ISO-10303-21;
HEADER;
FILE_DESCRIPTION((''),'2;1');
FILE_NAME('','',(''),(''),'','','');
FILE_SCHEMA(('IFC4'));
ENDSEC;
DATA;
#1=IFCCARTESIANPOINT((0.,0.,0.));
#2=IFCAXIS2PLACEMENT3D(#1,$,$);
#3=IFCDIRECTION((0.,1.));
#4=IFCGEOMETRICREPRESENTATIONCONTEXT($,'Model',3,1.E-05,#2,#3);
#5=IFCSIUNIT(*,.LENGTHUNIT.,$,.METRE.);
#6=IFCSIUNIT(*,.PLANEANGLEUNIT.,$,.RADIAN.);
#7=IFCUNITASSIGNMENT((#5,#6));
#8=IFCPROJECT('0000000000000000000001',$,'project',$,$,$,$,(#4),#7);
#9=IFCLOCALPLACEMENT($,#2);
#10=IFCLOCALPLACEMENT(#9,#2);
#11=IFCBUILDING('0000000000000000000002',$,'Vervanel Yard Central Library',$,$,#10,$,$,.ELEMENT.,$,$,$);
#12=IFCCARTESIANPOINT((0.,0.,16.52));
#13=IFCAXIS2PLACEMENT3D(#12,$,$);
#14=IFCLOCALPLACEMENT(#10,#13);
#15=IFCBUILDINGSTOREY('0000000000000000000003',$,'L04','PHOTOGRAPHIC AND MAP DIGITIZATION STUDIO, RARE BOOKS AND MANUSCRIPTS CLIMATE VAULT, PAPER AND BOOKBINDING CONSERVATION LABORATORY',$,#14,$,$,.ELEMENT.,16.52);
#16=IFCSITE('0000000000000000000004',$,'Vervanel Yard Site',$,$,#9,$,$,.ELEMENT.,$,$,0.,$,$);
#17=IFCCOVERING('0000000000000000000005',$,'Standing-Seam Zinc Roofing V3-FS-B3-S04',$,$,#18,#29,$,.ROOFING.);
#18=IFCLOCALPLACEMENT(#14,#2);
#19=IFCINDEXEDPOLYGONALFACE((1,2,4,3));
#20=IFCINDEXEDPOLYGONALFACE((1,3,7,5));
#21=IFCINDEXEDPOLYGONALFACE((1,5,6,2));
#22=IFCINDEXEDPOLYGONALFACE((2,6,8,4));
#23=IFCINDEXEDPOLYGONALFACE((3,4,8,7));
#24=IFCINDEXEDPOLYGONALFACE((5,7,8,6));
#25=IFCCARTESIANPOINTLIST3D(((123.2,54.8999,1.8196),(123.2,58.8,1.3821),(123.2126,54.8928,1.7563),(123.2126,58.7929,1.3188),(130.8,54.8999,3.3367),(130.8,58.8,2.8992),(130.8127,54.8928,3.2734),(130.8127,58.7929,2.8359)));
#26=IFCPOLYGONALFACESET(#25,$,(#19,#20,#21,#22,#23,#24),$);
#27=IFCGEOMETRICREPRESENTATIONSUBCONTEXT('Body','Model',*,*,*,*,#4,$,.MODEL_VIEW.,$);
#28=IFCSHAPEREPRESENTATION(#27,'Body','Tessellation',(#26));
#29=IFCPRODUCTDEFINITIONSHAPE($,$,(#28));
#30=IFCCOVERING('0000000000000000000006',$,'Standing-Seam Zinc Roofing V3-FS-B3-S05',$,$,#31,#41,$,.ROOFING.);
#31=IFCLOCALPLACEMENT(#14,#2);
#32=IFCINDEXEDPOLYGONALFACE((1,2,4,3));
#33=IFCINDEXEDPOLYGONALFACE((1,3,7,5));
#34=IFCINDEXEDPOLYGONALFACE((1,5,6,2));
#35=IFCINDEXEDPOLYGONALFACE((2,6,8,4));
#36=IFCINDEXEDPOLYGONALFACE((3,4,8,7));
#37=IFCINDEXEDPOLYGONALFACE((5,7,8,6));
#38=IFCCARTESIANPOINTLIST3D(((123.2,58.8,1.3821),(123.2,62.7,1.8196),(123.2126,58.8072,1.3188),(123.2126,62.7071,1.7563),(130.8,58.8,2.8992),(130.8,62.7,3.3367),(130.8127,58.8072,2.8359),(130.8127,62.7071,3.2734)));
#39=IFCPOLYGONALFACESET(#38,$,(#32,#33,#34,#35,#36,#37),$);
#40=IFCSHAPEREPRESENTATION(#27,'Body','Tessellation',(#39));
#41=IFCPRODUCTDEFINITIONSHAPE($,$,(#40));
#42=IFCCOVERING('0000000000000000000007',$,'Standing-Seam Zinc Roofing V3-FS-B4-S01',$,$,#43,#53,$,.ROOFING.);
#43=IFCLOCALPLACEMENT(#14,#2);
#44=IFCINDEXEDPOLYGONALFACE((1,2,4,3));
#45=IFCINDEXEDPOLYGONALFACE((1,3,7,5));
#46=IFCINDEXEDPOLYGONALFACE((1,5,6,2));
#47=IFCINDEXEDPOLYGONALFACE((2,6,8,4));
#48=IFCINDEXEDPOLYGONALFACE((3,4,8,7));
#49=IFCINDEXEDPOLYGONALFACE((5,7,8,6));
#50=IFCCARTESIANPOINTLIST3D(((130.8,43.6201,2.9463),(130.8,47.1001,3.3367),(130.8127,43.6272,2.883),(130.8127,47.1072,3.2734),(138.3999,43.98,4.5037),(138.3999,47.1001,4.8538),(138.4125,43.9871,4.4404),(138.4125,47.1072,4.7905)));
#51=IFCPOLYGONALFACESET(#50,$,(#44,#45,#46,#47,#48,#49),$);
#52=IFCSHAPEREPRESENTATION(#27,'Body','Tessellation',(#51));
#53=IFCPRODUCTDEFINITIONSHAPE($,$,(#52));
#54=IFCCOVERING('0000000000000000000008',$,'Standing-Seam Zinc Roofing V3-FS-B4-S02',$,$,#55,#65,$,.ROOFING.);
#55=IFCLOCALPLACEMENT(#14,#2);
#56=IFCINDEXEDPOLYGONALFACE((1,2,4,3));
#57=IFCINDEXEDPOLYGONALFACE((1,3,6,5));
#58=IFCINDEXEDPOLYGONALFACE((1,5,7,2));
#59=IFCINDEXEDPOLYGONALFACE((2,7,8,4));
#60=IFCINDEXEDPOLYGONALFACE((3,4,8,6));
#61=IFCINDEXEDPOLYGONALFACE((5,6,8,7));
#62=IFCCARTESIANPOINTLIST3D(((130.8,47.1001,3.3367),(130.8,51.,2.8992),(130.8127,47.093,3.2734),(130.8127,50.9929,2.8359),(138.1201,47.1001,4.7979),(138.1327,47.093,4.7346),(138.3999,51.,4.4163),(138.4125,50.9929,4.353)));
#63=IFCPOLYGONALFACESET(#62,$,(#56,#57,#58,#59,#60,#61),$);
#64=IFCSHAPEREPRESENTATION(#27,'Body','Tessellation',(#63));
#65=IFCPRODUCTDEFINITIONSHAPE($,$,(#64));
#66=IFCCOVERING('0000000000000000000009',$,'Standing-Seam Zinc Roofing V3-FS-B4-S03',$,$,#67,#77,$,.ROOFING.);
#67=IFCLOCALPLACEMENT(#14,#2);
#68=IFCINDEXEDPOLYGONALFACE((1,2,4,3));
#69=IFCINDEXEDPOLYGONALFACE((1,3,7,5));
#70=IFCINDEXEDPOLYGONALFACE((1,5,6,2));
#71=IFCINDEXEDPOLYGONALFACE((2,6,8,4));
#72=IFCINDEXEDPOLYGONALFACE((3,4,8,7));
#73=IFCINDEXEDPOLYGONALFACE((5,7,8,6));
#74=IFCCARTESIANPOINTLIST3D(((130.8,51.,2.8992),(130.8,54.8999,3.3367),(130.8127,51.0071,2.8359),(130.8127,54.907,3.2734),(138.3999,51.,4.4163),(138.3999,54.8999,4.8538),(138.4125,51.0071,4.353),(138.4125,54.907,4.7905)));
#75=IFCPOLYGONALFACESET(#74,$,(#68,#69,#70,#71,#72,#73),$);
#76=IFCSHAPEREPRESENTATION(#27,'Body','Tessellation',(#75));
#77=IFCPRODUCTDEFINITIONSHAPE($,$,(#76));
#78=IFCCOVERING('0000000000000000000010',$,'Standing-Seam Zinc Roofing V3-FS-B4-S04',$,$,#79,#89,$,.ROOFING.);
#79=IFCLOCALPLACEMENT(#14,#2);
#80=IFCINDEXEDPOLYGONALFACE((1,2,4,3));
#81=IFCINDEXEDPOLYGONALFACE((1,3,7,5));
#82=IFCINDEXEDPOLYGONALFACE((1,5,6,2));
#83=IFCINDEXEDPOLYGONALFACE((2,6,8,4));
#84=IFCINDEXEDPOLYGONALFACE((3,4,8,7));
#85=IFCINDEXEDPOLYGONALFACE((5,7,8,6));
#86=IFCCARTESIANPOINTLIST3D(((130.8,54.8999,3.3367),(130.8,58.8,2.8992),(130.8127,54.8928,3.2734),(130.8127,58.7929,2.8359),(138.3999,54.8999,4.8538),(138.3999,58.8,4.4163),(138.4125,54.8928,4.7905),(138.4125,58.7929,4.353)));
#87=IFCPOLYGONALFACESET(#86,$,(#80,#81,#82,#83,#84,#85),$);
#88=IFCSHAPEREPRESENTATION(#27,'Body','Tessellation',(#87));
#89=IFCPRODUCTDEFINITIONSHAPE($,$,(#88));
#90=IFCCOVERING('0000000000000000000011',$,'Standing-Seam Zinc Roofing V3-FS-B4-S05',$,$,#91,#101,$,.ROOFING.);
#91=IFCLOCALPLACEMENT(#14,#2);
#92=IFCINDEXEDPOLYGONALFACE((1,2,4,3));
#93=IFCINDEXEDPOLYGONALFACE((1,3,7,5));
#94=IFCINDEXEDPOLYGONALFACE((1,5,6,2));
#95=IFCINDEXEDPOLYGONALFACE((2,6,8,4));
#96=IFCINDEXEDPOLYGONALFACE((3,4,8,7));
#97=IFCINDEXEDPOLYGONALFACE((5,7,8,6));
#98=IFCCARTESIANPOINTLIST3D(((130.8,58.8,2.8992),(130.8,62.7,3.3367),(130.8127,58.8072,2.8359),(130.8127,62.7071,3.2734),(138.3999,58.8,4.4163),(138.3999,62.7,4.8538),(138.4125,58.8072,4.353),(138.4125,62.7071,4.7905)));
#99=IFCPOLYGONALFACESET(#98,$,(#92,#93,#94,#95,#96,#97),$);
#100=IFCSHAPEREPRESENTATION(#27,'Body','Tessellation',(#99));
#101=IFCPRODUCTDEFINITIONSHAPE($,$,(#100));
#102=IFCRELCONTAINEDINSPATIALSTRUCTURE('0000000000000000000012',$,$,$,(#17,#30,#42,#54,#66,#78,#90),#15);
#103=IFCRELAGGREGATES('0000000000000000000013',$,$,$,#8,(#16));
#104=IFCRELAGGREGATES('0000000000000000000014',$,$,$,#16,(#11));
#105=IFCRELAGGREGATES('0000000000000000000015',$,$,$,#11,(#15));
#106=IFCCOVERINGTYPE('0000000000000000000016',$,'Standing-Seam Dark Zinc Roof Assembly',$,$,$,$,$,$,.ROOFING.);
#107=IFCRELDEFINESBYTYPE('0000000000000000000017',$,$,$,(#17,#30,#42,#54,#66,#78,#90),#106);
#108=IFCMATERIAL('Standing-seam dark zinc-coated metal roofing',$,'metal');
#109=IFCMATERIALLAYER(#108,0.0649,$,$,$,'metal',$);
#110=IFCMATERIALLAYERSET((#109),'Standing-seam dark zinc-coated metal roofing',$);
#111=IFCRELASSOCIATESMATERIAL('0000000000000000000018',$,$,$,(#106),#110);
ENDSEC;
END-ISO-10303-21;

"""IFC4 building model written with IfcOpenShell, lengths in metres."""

from ifc_helpers import new_model, si_unit, direction, frame, origin, place, context, subcontext, project, spatial, polyline, outline, extrude, material, layer, layer_set, type_object, element, save


model = new_model("IFC4")

# Units and contexts
model_context = context("Model", 3, precision=1e-05, world=origin(), true_north=direction((0.0, 1.0)))
body_context = subcontext(model_context, "Body", "Model", "MODEL_VIEW")
ifc_project = project(units=[si_unit("LENGTHUNIT", "METRE"), si_unit("PLANEANGLEUNIT", "RADIAN")], contexts=[model_context])

# Site, building, storey
site_placement = place(None, origin())
site = spatial("IfcSite", under=ifc_project, at=site_placement, Name="Vervanel Yard Site", CompositionType="ELEMENT", RefElevation=0.0)
building_placement = place(site_placement, origin())
building = spatial("IfcBuilding", under=site, at=building_placement, Name="Vervanel Yard Central Library", CompositionType="ELEMENT")
storey_placement = place(building_placement, frame((0.0, 0.0, 16.52)))
storey = spatial("IfcBuildingStorey", under=building, at=storey_placement, Name="L04", Description="PHOTOGRAPHIC AND MAP DIGITIZATION STUDIO, RARE BOOKS AND MANUSCRIPTS CLIMATE VAULT, PAPER AND BOOKBINDING CONSERVATION LABORATORY", CompositionType="ELEMENT", Elevation=16.52)

# Coverings
ifc_material_1 = material(Name="Standing-seam dark zinc-coated metal roofing", Category="metal")
ifc_layer_1 = layer(ifc_material_1, 0.0649, Category="metal")
ifc_layer_set_1 = layer_set([ifc_layer_1], Name="Standing-seam dark zinc-coated metal roofing")
covering_type = type_object("IfcCoveringType", Name="Standing-Seam Dark Zinc Roof Assembly", PredefinedType="ROOFING", material=ifc_layer_set_1)
covering_1_placement = place(storey_placement, frame((123.2, 54.8999, 1.8196), z_axis=(-0.194579, 0.109345, 0.974773), x_axis=(0.980653, 0.0, 0.195753)))
element("IfcCovering", 1, at=covering_1_placement, inside=storey, type_object=covering_type, Name="Standing-Seam Zinc Roofing V3-FS-B3-S04", PredefinedType="ROOFING", context=body_context, shape_type="SweptSolid", body=[
    extrude(outline(polyline([(0.0, 0.0), (7.75, 0.0), (7.6644, 3.9237), (-0.0856, 3.9237), (0.0, 0.0)])), origin(), (0.0, 0.0, -1.0), 0.0649),
])
covering_2_placement = place(storey_placement, frame((123.2, 58.8, 1.3821), z_axis=(-0.194579, -0.109352, 0.974772), x_axis=(0.980653, 0.0, 0.195753)))
element("IfcCovering", 2, at=covering_2_placement, inside=storey, type_object=covering_type, Name="Standing-Seam Zinc Roofing V3-FS-B3-S05", PredefinedType="ROOFING", context=body_context, shape_type="SweptSolid", body=[
    extrude(outline(polyline([(0.0, 0.0), (7.75, 0.0), (7.8357, 3.9234), (0.0856, 3.9234), (0.0, 0.0)])), origin(), (0.0, 0.0, -1.0), 0.0649),
])
covering_3_placement = place(storey_placement, frame((130.8, 43.6201, 2.9463), z_axis=(-0.194579, -0.109362, 0.974771), x_axis=(0.978589, 0.046337, 0.20054)))
element("IfcCovering", 3, at=covering_3_placement, inside=storey, type_object=covering_type, Name="Standing-Seam Zinc Roofing V3-FS-B4-S01", PredefinedType="ROOFING", context=body_context, shape_type="SweptSolid", body=[
    extrude(outline(polyline([(0.0, 0.0), (7.7661, 0.0), (7.9809, 3.1323), (0.2395, 3.4936), (0.0, 0.0)])), origin(), (0.0, 0.0, -1.0), 0.0649),
])
covering_4_placement = place(storey_placement, frame((130.8, 47.1001, 3.3367), z_axis=(-0.194581, 0.109345, 0.974773), x_axis=(0.980653, 0.0, 0.195755)))
element("IfcCovering", 4, at=covering_4_placement, inside=storey, type_object=covering_type, Name="Standing-Seam Zinc Roofing V3-FS-B4-S02", PredefinedType="ROOFING", context=body_context, shape_type="SweptSolid", body=[
    extrude(outline(polyline([(0.0, 0.0), (7.4645, 0.0), (7.6642, 3.9234), (-0.0856, 3.9234), (0.0, 0.0)])), origin(), (0.0, 0.0, -1.0), 0.0649),
])
covering_5_placement = place(storey_placement, frame((130.8, 51.0, 2.8992), z_axis=(-0.194585, -0.109352, 0.974771), x_axis=(0.980652, 0.0, 0.195759)))
element("IfcCovering", 5, at=covering_5_placement, inside=storey, type_object=covering_type, Name="Standing-Seam Zinc Roofing V3-FS-B4-S03", PredefinedType="ROOFING", context=body_context, shape_type="SweptSolid", body=[
    extrude(outline(polyline([(0.0, 0.0), (7.7498, 0.0), (7.8354, 3.9234), (0.0856, 3.9234), (0.0, 0.0)])), origin(), (0.0, 0.0, -1.0), 0.0649),
])
covering_6_placement = place(storey_placement, frame((130.8, 54.8999, 3.3367), z_axis=(-0.194585, 0.109345, 0.974772), x_axis=(0.980652, 0.0, 0.195759)))
element("IfcCovering", 6, at=covering_6_placement, inside=storey, type_object=covering_type, Name="Standing-Seam Zinc Roofing V3-FS-B4-S04", PredefinedType="ROOFING", context=body_context, shape_type="SweptSolid", body=[
    extrude(outline(polyline([(0.0, 0.0), (7.7498, 0.0), (7.6642, 3.9237), (-0.0856, 3.9237), (0.0, 0.0)])), origin(), (0.0, 0.0, -1.0), 0.0649),
])
covering_7_placement = place(storey_placement, frame((130.8, 58.8, 2.8992), z_axis=(-0.194585, -0.109352, 0.974771), x_axis=(0.980652, 0.0, 0.195759)))
element("IfcCovering", 7, at=covering_7_placement, inside=storey, type_object=covering_type, Name="Standing-Seam Zinc Roofing V3-FS-B4-S05", PredefinedType="ROOFING", context=body_context, shape_type="SweptSolid", body=[
    extrude(outline(polyline([(0.0, 0.0), (7.7498, 0.0), (7.8354, 3.9234), (0.0856, 3.9234), (0.0, 0.0)])), origin(), (0.0, 0.0, -1.0), 0.0649),
])

save(model, "model.ifc")
